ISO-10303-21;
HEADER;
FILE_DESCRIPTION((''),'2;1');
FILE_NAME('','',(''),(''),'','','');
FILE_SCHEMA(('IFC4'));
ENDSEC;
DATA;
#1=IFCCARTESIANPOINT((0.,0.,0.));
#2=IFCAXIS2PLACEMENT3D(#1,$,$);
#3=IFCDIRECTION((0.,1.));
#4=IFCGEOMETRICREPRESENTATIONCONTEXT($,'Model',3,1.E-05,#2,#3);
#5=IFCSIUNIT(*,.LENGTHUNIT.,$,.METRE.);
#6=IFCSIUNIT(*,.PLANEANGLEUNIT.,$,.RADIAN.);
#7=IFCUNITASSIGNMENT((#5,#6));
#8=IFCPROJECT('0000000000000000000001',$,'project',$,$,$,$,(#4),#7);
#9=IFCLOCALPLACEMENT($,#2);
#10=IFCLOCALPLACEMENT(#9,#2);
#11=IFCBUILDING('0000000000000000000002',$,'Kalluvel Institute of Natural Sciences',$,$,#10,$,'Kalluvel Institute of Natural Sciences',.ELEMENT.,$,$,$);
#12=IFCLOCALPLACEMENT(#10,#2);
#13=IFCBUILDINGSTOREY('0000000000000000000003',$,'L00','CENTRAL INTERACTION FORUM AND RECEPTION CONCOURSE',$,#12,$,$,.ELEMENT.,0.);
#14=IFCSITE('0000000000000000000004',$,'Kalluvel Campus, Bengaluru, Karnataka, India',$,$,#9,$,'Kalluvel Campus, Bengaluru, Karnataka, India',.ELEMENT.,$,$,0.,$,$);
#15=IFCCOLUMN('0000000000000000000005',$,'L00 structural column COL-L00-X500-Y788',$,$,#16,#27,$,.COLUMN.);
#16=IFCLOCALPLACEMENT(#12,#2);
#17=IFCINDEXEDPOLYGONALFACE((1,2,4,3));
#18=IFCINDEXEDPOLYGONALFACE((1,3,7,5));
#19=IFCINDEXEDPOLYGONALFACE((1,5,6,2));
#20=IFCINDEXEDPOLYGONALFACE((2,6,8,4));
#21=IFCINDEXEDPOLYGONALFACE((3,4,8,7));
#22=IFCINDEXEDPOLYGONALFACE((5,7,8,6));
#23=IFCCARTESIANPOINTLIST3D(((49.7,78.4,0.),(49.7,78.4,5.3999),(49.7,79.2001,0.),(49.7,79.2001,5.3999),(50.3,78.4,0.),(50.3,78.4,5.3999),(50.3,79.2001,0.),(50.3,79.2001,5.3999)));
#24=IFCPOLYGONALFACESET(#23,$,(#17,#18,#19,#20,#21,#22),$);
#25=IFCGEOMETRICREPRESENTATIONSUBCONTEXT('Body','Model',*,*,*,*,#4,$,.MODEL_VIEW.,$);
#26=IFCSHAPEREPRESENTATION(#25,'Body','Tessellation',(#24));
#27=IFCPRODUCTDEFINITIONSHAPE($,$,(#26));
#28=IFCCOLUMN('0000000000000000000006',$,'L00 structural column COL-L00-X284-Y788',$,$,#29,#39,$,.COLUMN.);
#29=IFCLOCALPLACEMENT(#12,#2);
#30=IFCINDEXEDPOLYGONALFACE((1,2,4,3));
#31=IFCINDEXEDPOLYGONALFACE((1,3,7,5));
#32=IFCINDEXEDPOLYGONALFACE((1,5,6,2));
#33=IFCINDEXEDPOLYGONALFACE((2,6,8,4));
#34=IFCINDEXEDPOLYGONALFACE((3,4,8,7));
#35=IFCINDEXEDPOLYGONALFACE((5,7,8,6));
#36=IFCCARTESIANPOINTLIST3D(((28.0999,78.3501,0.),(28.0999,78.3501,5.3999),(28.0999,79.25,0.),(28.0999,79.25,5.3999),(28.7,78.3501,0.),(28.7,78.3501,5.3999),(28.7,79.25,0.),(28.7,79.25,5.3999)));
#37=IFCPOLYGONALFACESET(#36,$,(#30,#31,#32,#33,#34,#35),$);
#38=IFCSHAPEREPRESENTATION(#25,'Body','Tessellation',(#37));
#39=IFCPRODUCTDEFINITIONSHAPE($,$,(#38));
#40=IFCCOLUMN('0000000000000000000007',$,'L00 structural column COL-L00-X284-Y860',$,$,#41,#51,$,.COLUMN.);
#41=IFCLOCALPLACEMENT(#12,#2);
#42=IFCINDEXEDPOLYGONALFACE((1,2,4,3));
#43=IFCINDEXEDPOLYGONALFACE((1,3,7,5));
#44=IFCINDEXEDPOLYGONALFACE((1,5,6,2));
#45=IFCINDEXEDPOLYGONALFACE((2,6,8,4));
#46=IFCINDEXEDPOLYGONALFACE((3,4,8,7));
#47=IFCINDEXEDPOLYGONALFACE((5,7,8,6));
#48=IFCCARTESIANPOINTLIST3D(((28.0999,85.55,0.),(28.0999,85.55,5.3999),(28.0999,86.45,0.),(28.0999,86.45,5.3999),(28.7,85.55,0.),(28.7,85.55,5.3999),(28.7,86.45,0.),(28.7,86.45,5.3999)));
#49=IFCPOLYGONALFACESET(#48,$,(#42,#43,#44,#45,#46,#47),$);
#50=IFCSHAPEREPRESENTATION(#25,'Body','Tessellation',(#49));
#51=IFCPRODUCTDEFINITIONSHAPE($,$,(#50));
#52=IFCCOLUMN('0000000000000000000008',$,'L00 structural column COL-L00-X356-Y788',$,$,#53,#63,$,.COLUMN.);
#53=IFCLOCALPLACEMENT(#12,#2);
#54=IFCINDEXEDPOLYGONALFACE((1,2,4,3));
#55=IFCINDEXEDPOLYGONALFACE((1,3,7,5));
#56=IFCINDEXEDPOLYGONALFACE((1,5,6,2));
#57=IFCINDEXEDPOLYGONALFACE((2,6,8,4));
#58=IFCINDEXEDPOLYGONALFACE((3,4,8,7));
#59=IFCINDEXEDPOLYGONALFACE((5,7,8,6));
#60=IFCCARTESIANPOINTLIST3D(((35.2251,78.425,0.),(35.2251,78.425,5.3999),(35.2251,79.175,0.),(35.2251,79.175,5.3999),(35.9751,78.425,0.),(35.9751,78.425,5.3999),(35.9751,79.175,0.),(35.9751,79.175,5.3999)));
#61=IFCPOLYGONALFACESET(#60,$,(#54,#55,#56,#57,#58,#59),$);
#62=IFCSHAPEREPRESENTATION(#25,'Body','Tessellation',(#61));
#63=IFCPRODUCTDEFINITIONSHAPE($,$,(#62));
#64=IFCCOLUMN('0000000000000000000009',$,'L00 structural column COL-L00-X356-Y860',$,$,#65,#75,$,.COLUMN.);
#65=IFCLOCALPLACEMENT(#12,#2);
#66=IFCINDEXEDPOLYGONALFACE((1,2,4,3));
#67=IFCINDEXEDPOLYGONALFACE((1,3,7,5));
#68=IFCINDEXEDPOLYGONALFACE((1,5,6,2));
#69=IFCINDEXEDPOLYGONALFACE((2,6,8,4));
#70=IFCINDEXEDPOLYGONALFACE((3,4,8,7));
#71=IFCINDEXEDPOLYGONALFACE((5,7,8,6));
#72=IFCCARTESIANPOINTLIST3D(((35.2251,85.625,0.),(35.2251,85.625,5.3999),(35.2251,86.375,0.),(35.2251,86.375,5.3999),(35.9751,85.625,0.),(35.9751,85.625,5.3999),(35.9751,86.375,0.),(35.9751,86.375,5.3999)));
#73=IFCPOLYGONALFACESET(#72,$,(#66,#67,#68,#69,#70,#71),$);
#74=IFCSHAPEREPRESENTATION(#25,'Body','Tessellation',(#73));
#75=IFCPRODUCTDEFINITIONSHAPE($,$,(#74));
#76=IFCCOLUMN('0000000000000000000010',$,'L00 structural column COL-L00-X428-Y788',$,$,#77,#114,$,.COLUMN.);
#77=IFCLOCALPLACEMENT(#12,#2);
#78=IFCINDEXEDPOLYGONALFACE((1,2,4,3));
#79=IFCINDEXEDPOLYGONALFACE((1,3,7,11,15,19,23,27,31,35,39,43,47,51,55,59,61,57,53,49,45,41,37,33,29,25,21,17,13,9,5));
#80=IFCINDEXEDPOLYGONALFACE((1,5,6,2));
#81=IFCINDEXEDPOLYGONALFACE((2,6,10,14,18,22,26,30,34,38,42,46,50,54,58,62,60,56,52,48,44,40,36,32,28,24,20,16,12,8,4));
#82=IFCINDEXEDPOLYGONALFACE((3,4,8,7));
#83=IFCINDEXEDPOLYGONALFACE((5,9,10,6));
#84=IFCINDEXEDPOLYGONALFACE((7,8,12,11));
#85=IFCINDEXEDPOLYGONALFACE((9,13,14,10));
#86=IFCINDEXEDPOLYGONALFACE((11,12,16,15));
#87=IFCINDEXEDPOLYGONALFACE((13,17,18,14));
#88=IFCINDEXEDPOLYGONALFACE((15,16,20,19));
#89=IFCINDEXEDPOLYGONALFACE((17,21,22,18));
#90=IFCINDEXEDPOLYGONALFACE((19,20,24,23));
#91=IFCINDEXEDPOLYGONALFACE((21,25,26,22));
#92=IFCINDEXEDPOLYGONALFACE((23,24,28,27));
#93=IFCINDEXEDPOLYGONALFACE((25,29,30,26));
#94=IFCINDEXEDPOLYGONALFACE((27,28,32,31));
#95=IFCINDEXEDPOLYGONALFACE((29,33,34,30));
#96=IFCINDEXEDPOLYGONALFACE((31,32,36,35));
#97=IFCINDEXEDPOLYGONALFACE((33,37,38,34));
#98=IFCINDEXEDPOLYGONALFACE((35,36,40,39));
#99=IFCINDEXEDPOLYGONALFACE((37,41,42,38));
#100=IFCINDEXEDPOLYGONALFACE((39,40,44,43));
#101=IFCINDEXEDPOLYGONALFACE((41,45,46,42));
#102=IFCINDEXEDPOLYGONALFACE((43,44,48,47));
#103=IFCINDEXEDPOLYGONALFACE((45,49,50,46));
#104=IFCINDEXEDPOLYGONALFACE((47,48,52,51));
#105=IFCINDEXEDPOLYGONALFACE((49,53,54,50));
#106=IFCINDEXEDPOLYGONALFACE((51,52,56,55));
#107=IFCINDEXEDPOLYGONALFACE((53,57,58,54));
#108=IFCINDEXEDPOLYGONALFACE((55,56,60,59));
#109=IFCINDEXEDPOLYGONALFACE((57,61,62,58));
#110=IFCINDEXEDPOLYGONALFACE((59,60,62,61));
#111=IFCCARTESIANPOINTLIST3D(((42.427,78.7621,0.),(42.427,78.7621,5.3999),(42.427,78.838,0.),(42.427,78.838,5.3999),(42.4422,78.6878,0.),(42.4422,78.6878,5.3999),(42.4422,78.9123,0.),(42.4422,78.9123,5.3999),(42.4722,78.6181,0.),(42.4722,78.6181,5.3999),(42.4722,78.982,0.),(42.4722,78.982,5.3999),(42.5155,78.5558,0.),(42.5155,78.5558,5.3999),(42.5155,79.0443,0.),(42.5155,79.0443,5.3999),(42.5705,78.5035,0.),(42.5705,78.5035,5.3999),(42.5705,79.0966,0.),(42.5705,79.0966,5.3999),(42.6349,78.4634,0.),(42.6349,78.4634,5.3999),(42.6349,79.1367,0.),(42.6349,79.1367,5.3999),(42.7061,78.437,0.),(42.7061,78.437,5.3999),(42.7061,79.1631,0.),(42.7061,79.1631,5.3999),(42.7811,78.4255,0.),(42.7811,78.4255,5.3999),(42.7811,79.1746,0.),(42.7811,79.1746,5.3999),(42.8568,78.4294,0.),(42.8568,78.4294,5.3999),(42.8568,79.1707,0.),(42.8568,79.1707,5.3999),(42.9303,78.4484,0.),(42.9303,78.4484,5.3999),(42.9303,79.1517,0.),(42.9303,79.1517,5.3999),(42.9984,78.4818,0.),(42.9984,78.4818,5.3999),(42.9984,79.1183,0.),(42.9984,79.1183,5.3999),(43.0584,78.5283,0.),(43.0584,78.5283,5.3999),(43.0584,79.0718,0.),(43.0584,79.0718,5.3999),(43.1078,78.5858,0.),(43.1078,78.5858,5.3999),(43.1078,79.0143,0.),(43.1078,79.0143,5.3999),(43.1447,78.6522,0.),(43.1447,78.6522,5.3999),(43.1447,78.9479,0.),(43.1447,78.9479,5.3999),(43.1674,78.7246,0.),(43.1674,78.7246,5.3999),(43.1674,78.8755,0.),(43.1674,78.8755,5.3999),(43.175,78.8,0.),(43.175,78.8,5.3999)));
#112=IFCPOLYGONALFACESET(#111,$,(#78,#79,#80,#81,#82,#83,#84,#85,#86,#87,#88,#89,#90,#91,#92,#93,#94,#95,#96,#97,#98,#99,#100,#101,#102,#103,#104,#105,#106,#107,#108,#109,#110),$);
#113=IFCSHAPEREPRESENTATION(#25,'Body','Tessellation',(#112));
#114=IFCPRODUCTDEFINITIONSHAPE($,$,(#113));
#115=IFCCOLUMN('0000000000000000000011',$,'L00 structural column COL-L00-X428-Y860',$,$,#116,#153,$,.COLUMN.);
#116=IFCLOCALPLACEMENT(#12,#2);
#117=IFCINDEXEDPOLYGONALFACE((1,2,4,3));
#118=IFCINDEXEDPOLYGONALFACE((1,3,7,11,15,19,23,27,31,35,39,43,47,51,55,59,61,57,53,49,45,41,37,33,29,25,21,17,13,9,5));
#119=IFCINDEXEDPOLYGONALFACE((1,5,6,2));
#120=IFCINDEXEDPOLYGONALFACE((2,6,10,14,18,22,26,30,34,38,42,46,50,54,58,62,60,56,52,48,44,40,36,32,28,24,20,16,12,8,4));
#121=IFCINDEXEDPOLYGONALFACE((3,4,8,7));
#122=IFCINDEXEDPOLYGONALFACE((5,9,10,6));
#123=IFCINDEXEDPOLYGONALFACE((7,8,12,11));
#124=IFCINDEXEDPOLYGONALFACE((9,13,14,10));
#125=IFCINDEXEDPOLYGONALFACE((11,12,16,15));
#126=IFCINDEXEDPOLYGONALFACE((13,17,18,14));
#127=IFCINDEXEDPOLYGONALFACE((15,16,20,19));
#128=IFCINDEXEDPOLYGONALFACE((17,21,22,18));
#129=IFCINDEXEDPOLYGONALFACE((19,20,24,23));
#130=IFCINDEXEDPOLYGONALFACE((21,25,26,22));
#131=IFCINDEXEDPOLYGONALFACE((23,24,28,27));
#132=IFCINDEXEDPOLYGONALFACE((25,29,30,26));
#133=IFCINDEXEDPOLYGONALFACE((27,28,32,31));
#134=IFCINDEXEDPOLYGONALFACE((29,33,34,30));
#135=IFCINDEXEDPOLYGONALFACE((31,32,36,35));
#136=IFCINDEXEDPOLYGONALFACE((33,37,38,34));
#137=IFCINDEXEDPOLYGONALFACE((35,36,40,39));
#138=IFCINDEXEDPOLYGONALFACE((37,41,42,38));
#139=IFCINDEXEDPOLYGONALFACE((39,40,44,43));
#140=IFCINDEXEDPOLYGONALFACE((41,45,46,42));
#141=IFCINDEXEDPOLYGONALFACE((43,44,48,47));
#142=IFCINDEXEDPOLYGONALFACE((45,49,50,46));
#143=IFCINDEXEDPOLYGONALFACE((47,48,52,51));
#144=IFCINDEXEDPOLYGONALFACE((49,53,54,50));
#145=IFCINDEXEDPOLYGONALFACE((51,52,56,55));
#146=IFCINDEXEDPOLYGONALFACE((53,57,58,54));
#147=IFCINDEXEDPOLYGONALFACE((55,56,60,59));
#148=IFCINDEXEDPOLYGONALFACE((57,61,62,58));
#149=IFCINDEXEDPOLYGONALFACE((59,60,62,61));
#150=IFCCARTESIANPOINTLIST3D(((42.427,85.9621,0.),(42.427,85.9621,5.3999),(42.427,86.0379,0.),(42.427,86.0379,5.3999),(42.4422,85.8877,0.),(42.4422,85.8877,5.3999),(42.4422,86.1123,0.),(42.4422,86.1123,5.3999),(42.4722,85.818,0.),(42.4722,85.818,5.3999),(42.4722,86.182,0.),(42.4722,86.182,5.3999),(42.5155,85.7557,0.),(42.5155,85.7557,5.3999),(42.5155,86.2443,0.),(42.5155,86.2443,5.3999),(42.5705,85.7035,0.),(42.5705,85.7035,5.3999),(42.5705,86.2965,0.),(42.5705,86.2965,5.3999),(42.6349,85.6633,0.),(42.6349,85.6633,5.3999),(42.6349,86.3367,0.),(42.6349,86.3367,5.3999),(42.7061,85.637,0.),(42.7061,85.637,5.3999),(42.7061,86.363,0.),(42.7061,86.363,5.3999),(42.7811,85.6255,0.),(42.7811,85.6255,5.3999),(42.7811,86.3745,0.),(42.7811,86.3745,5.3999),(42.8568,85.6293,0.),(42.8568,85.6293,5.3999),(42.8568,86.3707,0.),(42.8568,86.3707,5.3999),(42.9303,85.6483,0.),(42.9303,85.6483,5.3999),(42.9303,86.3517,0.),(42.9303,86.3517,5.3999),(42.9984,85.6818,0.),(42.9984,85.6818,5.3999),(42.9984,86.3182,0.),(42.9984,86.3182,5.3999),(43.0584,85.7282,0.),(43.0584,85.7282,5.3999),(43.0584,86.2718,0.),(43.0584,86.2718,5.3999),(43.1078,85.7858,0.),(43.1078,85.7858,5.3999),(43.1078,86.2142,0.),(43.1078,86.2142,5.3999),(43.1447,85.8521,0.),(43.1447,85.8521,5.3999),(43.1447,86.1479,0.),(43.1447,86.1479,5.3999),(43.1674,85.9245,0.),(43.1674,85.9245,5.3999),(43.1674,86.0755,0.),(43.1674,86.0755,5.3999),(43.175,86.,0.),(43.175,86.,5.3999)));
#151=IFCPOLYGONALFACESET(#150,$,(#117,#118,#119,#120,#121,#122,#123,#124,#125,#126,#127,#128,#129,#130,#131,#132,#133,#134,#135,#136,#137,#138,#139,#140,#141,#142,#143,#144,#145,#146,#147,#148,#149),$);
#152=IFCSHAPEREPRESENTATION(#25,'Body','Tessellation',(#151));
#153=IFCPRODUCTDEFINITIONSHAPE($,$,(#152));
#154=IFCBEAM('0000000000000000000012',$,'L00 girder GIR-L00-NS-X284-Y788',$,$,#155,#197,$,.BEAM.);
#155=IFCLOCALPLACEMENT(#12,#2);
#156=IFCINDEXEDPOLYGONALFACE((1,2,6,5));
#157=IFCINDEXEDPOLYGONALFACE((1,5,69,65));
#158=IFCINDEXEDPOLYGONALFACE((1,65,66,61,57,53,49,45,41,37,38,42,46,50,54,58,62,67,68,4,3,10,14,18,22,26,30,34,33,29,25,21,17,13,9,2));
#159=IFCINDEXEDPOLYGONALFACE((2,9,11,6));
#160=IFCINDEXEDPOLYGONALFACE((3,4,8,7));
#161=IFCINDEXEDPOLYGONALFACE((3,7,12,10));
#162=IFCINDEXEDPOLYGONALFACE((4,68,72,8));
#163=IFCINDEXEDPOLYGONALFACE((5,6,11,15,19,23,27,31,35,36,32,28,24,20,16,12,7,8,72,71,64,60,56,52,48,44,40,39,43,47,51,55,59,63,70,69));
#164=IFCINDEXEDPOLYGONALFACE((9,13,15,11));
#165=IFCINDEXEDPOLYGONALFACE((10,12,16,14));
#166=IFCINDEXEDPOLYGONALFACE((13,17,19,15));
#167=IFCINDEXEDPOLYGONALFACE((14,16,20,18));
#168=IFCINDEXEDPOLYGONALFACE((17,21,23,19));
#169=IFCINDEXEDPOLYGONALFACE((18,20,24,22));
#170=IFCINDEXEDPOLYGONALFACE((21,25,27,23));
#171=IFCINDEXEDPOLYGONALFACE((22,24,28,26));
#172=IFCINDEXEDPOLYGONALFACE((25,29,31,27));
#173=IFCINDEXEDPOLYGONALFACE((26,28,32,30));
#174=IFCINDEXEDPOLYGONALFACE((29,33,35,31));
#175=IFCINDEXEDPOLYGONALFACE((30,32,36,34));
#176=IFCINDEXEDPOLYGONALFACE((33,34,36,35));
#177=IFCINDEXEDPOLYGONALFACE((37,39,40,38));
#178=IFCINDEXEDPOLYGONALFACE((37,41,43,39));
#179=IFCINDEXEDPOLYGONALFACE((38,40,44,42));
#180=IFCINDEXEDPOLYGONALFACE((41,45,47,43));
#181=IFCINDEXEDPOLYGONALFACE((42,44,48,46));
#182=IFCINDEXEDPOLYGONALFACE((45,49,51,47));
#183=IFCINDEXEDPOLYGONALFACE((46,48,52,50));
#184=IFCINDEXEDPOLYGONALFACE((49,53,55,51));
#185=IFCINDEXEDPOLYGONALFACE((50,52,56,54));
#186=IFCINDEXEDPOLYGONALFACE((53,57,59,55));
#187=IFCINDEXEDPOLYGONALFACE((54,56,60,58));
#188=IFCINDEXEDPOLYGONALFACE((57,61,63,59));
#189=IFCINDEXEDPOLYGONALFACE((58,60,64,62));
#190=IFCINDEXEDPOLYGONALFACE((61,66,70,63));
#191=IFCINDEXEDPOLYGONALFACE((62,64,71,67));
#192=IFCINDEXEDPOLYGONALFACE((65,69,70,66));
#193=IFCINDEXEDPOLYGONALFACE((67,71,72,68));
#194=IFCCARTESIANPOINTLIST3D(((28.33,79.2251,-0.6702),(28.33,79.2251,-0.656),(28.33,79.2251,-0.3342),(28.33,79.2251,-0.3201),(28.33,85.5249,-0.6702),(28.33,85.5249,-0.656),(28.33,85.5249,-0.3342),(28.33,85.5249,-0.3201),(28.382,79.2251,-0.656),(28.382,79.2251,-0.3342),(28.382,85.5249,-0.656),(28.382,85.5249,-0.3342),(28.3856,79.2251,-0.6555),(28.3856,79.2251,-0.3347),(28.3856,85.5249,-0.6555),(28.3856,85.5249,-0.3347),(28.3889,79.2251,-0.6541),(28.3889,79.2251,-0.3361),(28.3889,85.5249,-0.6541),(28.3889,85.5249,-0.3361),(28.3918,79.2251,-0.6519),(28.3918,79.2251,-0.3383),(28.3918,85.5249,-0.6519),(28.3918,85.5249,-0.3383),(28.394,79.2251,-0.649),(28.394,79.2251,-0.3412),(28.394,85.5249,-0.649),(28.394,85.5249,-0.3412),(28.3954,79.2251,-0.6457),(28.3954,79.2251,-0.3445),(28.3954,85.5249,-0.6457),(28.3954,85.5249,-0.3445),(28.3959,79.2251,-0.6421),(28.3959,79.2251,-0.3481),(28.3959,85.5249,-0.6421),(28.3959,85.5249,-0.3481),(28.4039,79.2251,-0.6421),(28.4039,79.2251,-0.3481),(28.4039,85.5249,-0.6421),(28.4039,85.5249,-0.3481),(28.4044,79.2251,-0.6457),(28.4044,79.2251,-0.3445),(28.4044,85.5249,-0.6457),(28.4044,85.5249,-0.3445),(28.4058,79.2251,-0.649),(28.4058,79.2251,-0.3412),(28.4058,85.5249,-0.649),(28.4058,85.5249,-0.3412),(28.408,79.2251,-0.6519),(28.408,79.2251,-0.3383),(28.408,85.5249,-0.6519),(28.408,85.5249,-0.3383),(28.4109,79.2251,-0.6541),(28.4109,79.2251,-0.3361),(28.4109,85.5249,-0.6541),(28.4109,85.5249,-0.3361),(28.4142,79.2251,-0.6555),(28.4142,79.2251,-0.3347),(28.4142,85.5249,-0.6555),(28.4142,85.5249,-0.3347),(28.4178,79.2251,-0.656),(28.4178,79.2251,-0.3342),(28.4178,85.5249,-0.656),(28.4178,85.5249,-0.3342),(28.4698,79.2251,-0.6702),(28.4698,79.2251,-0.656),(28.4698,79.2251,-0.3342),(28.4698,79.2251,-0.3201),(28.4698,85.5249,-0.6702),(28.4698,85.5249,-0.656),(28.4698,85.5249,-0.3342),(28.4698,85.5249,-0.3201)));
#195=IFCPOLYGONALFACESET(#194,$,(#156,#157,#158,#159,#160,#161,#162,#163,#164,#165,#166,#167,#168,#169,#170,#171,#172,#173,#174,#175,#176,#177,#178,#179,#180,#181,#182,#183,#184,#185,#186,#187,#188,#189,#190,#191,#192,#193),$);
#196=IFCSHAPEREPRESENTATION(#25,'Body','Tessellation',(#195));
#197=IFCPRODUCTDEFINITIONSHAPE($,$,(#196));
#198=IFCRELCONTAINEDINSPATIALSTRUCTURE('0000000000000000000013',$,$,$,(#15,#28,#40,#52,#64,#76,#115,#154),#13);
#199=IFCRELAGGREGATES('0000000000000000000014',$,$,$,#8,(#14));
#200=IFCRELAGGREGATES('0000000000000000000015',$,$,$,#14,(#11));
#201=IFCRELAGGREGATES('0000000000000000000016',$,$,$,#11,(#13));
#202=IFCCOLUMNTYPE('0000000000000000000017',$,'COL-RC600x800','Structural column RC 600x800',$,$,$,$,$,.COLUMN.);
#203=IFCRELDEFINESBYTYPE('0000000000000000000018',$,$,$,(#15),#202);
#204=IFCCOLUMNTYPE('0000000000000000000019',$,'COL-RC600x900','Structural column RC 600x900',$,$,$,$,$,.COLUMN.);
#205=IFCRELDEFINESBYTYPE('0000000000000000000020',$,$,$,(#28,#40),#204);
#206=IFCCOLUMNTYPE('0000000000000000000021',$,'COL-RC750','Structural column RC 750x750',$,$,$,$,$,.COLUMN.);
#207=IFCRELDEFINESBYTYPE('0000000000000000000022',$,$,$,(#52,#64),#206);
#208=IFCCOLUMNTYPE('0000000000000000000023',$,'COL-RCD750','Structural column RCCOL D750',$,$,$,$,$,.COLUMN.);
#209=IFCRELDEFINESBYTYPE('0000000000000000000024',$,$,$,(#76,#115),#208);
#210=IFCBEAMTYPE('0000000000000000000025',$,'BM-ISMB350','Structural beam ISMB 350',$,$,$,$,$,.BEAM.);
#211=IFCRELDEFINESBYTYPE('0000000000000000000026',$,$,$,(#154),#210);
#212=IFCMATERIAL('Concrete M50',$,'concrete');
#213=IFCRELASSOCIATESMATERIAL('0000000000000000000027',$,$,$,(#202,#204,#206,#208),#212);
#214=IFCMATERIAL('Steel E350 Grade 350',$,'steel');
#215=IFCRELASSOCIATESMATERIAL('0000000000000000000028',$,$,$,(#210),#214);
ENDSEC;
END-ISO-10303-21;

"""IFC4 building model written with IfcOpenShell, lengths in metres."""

from ifc_helpers import new_model, si_unit, direction, frame, origin, origin_2d, place, context, subcontext, project, spatial, rectangle, circle, i_section, extrude, material, material_profile, profile_set, type_object, element, save


model = new_model("IFC4")

# Units and contexts
model_context = context("Model", 3, precision=1e-05, world=origin(), true_north=direction((0.0, 1.0)))
body_context = subcontext(model_context, "Body", "Model", "MODEL_VIEW")
ifc_project = project(units=[si_unit("LENGTHUNIT", "METRE"), si_unit("PLANEANGLEUNIT", "RADIAN")], contexts=[model_context])

# Site, building, storey
site_placement = place(None, origin())
site = spatial("IfcSite", under=ifc_project, at=site_placement, Name="Kalluvel Campus, Bengaluru, Karnataka, India", LongName="Kalluvel Campus, Bengaluru, Karnataka, India", CompositionType="ELEMENT", RefElevation=0.0)
building_placement = place(site_placement, origin())
building = spatial("IfcBuilding", under=site, at=building_placement, Name="Kalluvel Institute of Natural Sciences", LongName="Kalluvel Institute of Natural Sciences", CompositionType="ELEMENT")
storey_placement = place(building_placement, origin())
storey = spatial("IfcBuildingStorey", under=building, at=storey_placement, Name="L00", Description="CENTRAL INTERACTION FORUM AND RECEPTION CONCOURSE", CompositionType="ELEMENT", Elevation=0.0)

# Columns
ifc_material_1 = material(Name="Concrete M50", Category="concrete")
ifc_material_profile_1 = material_profile(ifc_material_1, rectangle(XDim=0.6001, YDim=0.8, at=origin_2d()), Name="RC 600x800")
ifc_profile_set_1 = profile_set([ifc_material_profile_1], Name="Concrete M50")
column_type_1 = type_object("IfcColumnType", Name="COL-RC600x800", Description="Structural column RC 600x800", PredefinedType="COLUMN", material=ifc_profile_set_1)
column_placement = place(storey_placement, frame((50.0, 78.8, 0.0), z_axis=(0.0, 0.0, 1.0), x_axis=(1.0, 0.0, 0.0)))
element("IfcColumn", 1, at=column_placement, inside=storey, type_object=column_type_1, Name="L00 structural column COL-L00-X500-Y788", PredefinedType="COLUMN", context=body_context, shape_type="SweptSolid", body=[
    extrude(rectangle(XDim=0.6001, YDim=0.8, at=origin_2d()), origin(), (0.0, 0.0, 1.0), 5.3999),
])
ifc_material_profile_2 = material_profile(ifc_material_1, rectangle(XDim=0.6001, YDim=0.8999, at=origin_2d()), Name="RC 600x900")
ifc_profile_set_2 = profile_set([ifc_material_profile_2], Name="Concrete M50")
column_type_2 = type_object("IfcColumnType", Name="COL-RC600x900", Description="Structural column RC 600x900", PredefinedType="COLUMN", material=ifc_profile_set_2)
for number, where, z_axis, x_axis, name in (
    (2, (28.3999, 78.8, 0.0), (0.0, 0.0, 1.0), (1.0, 0.0, 0.0), "L00 structural column COL-L00-X284-Y788"),
    (3, (28.3999, 86.0, 0.0), (0.0, 0.0, 1.0), (1.0, 0.0, 0.0), "L00 structural column COL-L00-X284-Y860"),
):
    element("IfcColumn", number, at=place(storey_placement, frame(where, z_axis=z_axis, x_axis=x_axis)), inside=storey, type_object=column_type_2, Name=name, PredefinedType="COLUMN", context=body_context, shape_type="SweptSolid", body=[
        extrude(rectangle(XDim=0.6001, YDim=0.8999, at=origin_2d()), origin(), (0.0, 0.0, 1.0), 5.3999),
    ])
ifc_material_profile_3 = material_profile(ifc_material_1, rectangle(XDim=0.75, YDim=0.75, at=origin_2d()), Name="RC 750x750")
ifc_profile_set_3 = profile_set([ifc_material_profile_3], Name="Concrete M50")
column_type_3 = type_object("IfcColumnType", Name="COL-RC750", Description="Structural column RC 750x750", PredefinedType="COLUMN", material=ifc_profile_set_3)
for number, where, z_axis, x_axis, name in (
    (4, (35.6001, 78.8, 0.0), (0.0, 0.0, 1.0), (1.0, 0.0, 0.0), "L00 structural column COL-L00-X356-Y788"),
    (5, (35.6001, 86.0, 0.0), (0.0, 0.0, 1.0), (1.0, 0.0, 0.0), "L00 structural column COL-L00-X356-Y860"),
):
    element("IfcColumn", number, at=place(storey_placement, frame(where, z_axis=z_axis, x_axis=x_axis)), inside=storey, type_object=column_type_3, Name=name, PredefinedType="COLUMN", context=body_context, shape_type="SweptSolid", body=[
        extrude(rectangle(XDim=0.75, YDim=0.75, at=origin_2d()), origin(), (0.0, 0.0, 1.0), 5.3999),
    ])
ifc_material_profile_4 = material_profile(ifc_material_1, circle(Radius=0.375, at=origin_2d()), Name="RCCOL D750")
ifc_profile_set_4 = profile_set([ifc_material_profile_4], Name="Concrete M50")
column_type_4 = type_object("IfcColumnType", Name="COL-RCD750", Description="Structural column RCCOL D750", PredefinedType="COLUMN", material=ifc_profile_set_4)
for number, where, z_axis, x_axis, name in (
    (6, (42.8, 78.8, 0.0), (0.0, 0.0, 1.0), (1.0, 0.0, 0.0), "L00 structural column COL-L00-X428-Y788"),
    (7, (42.8, 86.0, 0.0), (0.0, 0.0, 1.0), (1.0, 0.0, 0.0), "L00 structural column COL-L00-X428-Y860"),
):
    element("IfcColumn", number, at=place(storey_placement, frame(where, z_axis=z_axis, x_axis=x_axis)), inside=storey, type_object=column_type_4, Name=name, PredefinedType="COLUMN", context=body_context, shape_type="SweptSolid", body=[
        extrude(circle(Radius=0.375, at=origin_2d()), origin(), (0.0, 0.0, 1.0), 5.3999),
    ])

# Beam
ifc_material_2 = material(Name="Steel E350 Grade 350", Category="steel")
ifc_material_profile_5 = material_profile(ifc_material_2, i_section(OverallWidth=0.1399, OverallDepth=0.3501, WebThickness=0.0081, FlangeThickness=0.0142, FilletRadius=0.0139, at=origin_2d()), Name="ISMB 350")
ifc_profile_set_5 = profile_set([ifc_material_profile_5], Name="Steel E350 Grade 350")
beam_type_1 = type_object("IfcBeamType", Name="BM-ISMB350", Description="Structural beam ISMB 350", PredefinedType="BEAM", material=ifc_profile_set_5)
beam_1_placement = place(storey_placement, frame((28.3999, 79.2251, -0.4951), z_axis=(0.0, 1.0, 0.0), x_axis=(-1.0, 0.0, 0.0)))
element("IfcBeam", 8, at=beam_1_placement, inside=storey, type_object=beam_type_1, Name="L00 girder GIR-L00-NS-X284-Y788", PredefinedType="BEAM", context=body_context, shape_type="SweptSolid", body=[
    extrude(i_section(OverallWidth=0.1399, OverallDepth=0.3501, WebThickness=0.0081, FlangeThickness=0.0142, FilletRadius=0.0139, at=origin_2d()), origin(), (0.0, 0.0, 1.0), 6.2998),
])

save(model, "model.ifc")
